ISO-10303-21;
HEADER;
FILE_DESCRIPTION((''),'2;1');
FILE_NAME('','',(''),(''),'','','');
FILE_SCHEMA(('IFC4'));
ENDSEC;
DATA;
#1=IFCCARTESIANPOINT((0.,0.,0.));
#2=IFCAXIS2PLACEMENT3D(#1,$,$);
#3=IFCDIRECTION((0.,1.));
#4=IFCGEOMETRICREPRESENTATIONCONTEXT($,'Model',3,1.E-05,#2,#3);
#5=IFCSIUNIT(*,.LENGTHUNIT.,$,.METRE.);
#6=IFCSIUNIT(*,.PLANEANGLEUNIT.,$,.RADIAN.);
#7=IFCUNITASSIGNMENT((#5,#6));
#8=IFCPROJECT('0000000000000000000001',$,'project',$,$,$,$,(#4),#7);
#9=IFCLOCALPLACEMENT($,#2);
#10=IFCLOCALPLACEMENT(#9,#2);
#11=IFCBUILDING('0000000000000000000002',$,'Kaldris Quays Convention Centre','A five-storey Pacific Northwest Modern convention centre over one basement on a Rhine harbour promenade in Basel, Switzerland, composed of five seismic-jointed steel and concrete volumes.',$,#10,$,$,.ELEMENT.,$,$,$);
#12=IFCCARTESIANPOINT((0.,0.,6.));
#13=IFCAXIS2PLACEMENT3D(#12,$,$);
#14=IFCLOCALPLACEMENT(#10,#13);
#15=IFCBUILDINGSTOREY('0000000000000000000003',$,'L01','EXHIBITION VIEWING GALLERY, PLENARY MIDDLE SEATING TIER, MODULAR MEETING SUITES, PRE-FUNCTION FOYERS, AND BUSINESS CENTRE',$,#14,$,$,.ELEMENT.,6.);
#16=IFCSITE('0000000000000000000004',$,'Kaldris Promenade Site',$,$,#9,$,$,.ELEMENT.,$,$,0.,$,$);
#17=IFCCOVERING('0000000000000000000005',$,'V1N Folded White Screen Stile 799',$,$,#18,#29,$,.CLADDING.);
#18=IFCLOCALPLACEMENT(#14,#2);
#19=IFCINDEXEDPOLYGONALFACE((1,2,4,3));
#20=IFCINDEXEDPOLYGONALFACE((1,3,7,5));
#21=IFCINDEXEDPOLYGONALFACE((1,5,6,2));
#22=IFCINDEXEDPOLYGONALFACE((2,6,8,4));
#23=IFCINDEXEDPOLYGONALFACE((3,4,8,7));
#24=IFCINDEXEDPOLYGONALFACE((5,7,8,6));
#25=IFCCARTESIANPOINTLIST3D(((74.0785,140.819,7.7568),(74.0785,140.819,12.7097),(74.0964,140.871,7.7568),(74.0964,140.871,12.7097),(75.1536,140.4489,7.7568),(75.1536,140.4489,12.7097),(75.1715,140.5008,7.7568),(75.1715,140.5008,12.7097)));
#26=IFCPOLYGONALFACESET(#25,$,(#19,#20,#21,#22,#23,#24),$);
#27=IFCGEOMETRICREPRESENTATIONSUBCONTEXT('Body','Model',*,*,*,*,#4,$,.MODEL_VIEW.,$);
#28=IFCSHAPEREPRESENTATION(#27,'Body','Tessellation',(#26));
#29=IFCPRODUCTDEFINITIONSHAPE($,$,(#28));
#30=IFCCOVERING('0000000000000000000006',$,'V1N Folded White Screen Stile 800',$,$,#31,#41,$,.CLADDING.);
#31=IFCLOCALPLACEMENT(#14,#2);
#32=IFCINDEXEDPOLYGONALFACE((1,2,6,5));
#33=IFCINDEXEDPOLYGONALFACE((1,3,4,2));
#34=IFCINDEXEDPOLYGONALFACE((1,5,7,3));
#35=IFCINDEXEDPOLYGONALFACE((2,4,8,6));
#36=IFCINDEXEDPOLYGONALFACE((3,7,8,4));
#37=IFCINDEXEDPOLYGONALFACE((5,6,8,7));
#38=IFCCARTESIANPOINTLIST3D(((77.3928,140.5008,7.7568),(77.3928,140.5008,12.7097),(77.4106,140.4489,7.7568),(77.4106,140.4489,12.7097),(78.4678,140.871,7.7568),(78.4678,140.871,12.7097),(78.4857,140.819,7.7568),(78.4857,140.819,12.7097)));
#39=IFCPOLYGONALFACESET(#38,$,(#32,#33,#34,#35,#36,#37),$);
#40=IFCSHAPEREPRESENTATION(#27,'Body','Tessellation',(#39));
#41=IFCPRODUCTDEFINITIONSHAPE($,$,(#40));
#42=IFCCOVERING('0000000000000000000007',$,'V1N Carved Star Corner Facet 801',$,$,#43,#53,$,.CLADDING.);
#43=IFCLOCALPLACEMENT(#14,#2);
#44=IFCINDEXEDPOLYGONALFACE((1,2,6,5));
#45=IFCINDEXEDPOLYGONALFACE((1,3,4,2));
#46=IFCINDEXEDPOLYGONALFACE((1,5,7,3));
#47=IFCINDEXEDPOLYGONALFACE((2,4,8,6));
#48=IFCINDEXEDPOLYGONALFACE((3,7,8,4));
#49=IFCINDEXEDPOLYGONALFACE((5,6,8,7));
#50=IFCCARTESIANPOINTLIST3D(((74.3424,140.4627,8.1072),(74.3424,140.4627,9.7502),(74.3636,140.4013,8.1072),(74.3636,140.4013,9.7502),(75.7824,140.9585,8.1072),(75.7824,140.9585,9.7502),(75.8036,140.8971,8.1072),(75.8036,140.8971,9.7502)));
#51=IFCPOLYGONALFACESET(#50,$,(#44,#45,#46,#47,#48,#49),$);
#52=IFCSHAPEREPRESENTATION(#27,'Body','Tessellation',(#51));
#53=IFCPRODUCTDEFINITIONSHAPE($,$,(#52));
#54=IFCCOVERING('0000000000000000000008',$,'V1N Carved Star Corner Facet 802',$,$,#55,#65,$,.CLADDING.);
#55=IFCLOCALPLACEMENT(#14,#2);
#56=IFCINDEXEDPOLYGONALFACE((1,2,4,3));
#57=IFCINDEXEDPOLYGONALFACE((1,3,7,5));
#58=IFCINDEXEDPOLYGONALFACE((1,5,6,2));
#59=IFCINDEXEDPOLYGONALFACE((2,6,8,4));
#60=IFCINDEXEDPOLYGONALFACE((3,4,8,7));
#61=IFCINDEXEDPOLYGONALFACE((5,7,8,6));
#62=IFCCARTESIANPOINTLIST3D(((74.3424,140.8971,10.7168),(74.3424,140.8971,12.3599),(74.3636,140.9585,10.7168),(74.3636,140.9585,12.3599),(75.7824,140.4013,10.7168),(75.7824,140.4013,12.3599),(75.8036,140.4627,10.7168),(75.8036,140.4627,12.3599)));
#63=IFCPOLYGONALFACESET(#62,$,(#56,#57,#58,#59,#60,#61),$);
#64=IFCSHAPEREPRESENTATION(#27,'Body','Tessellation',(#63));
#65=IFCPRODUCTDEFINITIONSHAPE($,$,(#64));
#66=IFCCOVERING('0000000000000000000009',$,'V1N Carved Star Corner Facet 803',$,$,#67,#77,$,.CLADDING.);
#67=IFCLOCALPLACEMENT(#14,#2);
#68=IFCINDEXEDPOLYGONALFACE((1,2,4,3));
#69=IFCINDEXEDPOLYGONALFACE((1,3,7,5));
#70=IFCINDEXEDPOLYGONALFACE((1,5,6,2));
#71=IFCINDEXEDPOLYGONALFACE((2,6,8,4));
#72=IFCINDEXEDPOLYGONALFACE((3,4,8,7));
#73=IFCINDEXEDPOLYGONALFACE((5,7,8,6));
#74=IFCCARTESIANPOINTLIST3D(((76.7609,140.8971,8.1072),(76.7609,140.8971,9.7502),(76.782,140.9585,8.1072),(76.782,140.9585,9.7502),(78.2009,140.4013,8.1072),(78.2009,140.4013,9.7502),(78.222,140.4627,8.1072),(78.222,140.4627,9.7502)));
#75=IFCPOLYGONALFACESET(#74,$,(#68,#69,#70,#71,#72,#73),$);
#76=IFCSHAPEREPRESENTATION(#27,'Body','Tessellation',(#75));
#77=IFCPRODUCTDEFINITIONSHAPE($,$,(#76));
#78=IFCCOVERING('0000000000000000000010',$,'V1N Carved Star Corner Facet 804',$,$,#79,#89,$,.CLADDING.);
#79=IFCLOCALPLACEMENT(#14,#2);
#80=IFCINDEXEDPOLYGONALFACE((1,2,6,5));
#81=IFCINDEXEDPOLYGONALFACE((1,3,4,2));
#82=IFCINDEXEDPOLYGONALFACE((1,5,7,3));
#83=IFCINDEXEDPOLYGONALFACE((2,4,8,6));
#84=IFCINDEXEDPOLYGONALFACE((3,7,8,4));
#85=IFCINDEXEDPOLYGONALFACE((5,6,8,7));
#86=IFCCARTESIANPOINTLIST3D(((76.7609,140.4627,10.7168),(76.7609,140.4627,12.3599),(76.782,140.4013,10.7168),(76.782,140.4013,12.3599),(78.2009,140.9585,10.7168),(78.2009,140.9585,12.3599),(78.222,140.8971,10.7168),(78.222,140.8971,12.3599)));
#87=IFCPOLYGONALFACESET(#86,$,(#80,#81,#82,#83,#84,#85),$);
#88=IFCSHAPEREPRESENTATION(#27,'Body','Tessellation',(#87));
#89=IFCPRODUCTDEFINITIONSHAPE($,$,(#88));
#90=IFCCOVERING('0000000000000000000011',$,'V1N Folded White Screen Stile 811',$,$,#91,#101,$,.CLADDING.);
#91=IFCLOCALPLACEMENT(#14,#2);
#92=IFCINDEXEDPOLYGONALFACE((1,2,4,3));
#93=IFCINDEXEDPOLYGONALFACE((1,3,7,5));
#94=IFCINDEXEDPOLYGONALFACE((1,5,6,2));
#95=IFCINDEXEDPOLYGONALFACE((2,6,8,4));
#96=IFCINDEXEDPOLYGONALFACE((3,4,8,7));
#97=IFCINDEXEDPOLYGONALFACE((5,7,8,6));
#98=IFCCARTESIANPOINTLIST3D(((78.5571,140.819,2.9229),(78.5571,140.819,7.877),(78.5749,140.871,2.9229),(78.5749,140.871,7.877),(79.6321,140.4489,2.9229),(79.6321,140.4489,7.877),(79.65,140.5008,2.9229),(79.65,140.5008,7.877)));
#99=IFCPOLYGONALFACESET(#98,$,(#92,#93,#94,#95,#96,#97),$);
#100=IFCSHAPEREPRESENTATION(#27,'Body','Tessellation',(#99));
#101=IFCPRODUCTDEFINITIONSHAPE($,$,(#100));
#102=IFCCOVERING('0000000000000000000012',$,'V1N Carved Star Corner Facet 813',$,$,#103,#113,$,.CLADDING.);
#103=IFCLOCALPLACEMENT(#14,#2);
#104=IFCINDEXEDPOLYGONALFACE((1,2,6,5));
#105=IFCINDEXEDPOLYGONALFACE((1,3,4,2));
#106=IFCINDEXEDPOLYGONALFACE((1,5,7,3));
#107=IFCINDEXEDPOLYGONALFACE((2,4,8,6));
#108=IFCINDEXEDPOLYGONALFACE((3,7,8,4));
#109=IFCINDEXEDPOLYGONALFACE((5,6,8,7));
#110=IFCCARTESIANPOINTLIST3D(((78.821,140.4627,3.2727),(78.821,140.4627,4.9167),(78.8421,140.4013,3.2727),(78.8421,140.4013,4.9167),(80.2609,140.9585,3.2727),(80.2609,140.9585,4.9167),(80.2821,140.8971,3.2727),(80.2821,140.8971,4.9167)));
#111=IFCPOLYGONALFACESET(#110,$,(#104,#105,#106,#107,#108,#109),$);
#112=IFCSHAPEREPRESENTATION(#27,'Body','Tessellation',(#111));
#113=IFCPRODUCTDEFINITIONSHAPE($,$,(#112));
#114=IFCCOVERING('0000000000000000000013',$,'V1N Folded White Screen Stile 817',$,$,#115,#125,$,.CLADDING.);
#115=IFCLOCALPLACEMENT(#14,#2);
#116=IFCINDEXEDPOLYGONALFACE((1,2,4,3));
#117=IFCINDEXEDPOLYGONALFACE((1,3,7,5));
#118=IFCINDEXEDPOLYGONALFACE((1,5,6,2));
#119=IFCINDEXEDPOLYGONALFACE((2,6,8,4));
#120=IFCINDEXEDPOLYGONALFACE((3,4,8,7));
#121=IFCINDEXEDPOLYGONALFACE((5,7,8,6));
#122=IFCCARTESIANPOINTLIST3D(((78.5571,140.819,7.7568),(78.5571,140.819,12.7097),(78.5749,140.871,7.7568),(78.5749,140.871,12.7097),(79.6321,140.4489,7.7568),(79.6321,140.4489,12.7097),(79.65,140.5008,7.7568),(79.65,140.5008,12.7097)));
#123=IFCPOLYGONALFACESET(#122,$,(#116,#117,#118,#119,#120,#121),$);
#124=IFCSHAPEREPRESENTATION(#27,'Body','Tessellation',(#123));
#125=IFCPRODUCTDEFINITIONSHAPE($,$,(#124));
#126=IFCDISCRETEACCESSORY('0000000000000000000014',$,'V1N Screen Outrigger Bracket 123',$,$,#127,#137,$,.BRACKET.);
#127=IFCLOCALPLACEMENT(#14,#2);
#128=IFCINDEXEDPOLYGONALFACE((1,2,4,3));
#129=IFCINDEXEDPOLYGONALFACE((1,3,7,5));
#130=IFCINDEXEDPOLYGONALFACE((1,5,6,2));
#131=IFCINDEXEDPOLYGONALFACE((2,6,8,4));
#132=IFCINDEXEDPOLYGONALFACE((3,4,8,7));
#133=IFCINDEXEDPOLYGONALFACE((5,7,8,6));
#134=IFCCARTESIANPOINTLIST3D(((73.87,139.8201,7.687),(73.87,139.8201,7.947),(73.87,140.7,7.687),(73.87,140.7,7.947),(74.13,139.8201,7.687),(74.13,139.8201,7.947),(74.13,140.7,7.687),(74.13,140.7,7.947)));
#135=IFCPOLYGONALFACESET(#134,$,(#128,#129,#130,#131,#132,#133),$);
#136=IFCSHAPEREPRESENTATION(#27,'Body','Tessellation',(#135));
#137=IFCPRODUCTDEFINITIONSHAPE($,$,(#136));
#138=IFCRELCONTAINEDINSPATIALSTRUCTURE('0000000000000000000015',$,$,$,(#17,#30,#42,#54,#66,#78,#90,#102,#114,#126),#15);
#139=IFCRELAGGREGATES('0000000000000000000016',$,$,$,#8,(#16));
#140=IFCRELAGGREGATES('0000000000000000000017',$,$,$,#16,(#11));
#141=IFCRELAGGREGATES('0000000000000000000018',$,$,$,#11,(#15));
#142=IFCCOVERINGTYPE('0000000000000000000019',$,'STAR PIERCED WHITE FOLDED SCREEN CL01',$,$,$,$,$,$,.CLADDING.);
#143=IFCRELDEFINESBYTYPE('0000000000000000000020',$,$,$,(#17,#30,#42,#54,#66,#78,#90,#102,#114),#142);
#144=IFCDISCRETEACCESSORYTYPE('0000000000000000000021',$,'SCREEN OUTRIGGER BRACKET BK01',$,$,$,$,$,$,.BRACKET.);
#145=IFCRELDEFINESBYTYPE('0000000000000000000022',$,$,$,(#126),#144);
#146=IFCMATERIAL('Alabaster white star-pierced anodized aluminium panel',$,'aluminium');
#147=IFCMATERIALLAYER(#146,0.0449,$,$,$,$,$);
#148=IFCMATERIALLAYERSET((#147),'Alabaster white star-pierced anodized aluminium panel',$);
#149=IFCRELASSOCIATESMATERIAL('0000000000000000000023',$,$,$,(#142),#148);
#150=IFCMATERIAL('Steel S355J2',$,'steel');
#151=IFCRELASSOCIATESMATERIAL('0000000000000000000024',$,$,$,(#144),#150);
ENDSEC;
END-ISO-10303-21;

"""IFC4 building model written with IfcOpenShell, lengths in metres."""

from ifc_helpers import new_model, si_unit, direction, frame, origin, origin_2d, place, context, subcontext, project, spatial, rectangle, extrude, material, layer, layer_set, type_object, element, save


model = new_model("IFC4")

# Units and contexts
model_context = context("Model", 3, precision=1e-05, world=origin(), true_north=direction((0.0, 1.0)))
body_context = subcontext(model_context, "Body", "Model", "MODEL_VIEW")
ifc_project = project(units=[si_unit("LENGTHUNIT", "METRE"), si_unit("PLANEANGLEUNIT", "RADIAN")], contexts=[model_context])

# Site, building, storey
site_placement = place(None, origin())
site = spatial("IfcSite", under=ifc_project, at=site_placement, Name="Kaldris Promenade Site", CompositionType="ELEMENT", RefElevation=0.0)
building_placement = place(site_placement, origin())
building = spatial("IfcBuilding", under=site, at=building_placement, Name="Kaldris Quays Convention Centre", Description="A five-storey Pacific Northwest Modern convention centre over one basement on a Rhine harbour promenade in Basel, Switzerland, composed of five seismic-jointed steel and concrete volumes.", CompositionType="ELEMENT")
storey_placement = place(building_placement, frame((0.0, 0.0, 6.0)))
storey = spatial("IfcBuildingStorey", under=building, at=storey_placement, Name="L01", Description="EXHIBITION VIEWING GALLERY, PLENARY MIDDLE SEATING TIER, MODULAR MEETING SUITES, PRE-FUNCTION FOYERS, AND BUSINESS CENTRE", CompositionType="ELEMENT", Elevation=6.0)

# Coverings
ifc_material_1 = material(Name="Alabaster white star-pierced anodized aluminium panel", Category="aluminium")
ifc_layer = layer(ifc_material_1, 0.0449)
ifc_layer_set = layer_set([ifc_layer], Name="Alabaster white star-pierced anodized aluminium panel")
covering_type = type_object("IfcCoveringType", Name="STAR PIERCED WHITE FOLDED SCREEN CL01", PredefinedType="CLADDING", material=ifc_layer_set)
for number, where, z_axis, x_axis, name in (
    (1, (74.625, 140.6599, 7.7568), (0.0, 0.0, 1.0), (0.945519, -0.325568, 0.0), "V1N Folded White Screen Stile 799"),
    (2, (77.9392, 140.6599, 7.7568), (0.0, 0.0, 1.0), (0.945519, 0.325568, 0.0), "V1N Folded White Screen Stile 800"),
):
    element("IfcCovering", number, at=place(storey_placement, frame(where, z_axis=z_axis, x_axis=x_axis)), inside=storey, type_object=covering_type, Name=name, PredefinedType="CLADDING", context=body_context, shape_type="SweptSolid", body=[
        extrude(rectangle(XDim=1.137, YDim=0.0549, at=origin_2d()), origin(), (0.0, 0.0, 1.0), 4.9529),
    ])
for number, where, z_axis, x_axis, name in (
    (3, (75.073, 140.6799, 8.1072), (0.0, 0.0, 1.0), (0.945519, 0.325568, 0.0), "V1N Carved Star Corner Facet 801"),
    (4, (75.073, 140.6799, 10.7168), (0.0, 0.0, 1.0), (0.945519, -0.325568, 0.0), "V1N Carved Star Corner Facet 802"),
    (5, (77.4915, 140.6799, 8.1072), (0.0, 0.0, 1.0), (0.945519, -0.325568, 0.0), "V1N Carved Star Corner Facet 803"),
    (6, (77.4915, 140.6799, 10.7168), (0.0, 0.0, 1.0), (0.945519, 0.325568, 0.0), "V1N Carved Star Corner Facet 804"),
):
    element("IfcCovering", number, at=place(storey_placement, frame(where, z_axis=z_axis, x_axis=x_axis)), inside=storey, type_object=covering_type, Name=name, PredefinedType="CLADDING", context=body_context, shape_type="SweptSolid", body=[
        extrude(rectangle(XDim=1.5229, YDim=0.0649, at=origin_2d()), origin(), (0.0, 0.0, 1.0), 1.6431),
    ])
covering_1_placement = place(storey_placement, frame((79.1035, 140.6599, 2.9229), z_axis=(0.0, 0.0, 1.0), x_axis=(0.945519, -0.325568, 0.0)))
element("IfcCovering", 7, at=covering_1_placement, inside=storey, type_object=covering_type, Name="V1N Folded White Screen Stile 811", PredefinedType="CLADDING", context=body_context, shape_type="SweptSolid", body=[
    extrude(rectangle(XDim=1.137, YDim=0.0549, at=origin_2d()), origin(), (0.0, 0.0, 1.0), 4.9541),
])
covering_2_placement = place(storey_placement, frame((79.5515, 140.6799, 3.2727), z_axis=(0.0, 0.0, 1.0), x_axis=(0.945519, 0.325568, 0.0)))
element("IfcCovering", 8, at=covering_2_placement, inside=storey, type_object=covering_type, Name="V1N Carved Star Corner Facet 813", PredefinedType="CLADDING", context=body_context, shape_type="SweptSolid", body=[
    extrude(rectangle(XDim=1.5229, YDim=0.0649, at=origin_2d()), origin(), (0.0, 0.0, 1.0), 1.644),
])
covering_3_placement = place(storey_placement, frame((79.1035, 140.6599, 7.7568), z_axis=(0.0, 0.0, 1.0), x_axis=(0.945519, -0.325568, 0.0)))
element("IfcCovering", 9, at=covering_3_placement, inside=storey, type_object=covering_type, Name="V1N Folded White Screen Stile 817", PredefinedType="CLADDING", context=body_context, shape_type="SweptSolid", body=[
    extrude(rectangle(XDim=1.137, YDim=0.0549, at=origin_2d()), origin(), (0.0, 0.0, 1.0), 4.9529),
])

# Discrete accessory
ifc_material_2 = material(Name="Steel S355J2", Category="steel")
discrete_accessory_type = type_object("IfcDiscreteAccessoryType", Name="SCREEN OUTRIGGER BRACKET BK01", PredefinedType="BRACKET", material=ifc_material_2)
discrete_accessory_placement = place(storey_placement, frame((74.0, 140.26, 7.687), z_axis=(0.0, 0.0, 1.0), x_axis=(1.0, 0.0, 0.0)))
element("IfcDiscreteAccessory", 10, at=discrete_accessory_placement, inside=storey, type_object=discrete_accessory_type, Name="V1N Screen Outrigger Bracket 123", PredefinedType="BRACKET", context=body_context, shape_type="SweptSolid", body=[
    extrude(rectangle(XDim=0.26, YDim=0.8799, at=origin_2d()), origin(), (0.0, 0.0, 1.0), 0.26),
])

save(model, "model.ifc")
